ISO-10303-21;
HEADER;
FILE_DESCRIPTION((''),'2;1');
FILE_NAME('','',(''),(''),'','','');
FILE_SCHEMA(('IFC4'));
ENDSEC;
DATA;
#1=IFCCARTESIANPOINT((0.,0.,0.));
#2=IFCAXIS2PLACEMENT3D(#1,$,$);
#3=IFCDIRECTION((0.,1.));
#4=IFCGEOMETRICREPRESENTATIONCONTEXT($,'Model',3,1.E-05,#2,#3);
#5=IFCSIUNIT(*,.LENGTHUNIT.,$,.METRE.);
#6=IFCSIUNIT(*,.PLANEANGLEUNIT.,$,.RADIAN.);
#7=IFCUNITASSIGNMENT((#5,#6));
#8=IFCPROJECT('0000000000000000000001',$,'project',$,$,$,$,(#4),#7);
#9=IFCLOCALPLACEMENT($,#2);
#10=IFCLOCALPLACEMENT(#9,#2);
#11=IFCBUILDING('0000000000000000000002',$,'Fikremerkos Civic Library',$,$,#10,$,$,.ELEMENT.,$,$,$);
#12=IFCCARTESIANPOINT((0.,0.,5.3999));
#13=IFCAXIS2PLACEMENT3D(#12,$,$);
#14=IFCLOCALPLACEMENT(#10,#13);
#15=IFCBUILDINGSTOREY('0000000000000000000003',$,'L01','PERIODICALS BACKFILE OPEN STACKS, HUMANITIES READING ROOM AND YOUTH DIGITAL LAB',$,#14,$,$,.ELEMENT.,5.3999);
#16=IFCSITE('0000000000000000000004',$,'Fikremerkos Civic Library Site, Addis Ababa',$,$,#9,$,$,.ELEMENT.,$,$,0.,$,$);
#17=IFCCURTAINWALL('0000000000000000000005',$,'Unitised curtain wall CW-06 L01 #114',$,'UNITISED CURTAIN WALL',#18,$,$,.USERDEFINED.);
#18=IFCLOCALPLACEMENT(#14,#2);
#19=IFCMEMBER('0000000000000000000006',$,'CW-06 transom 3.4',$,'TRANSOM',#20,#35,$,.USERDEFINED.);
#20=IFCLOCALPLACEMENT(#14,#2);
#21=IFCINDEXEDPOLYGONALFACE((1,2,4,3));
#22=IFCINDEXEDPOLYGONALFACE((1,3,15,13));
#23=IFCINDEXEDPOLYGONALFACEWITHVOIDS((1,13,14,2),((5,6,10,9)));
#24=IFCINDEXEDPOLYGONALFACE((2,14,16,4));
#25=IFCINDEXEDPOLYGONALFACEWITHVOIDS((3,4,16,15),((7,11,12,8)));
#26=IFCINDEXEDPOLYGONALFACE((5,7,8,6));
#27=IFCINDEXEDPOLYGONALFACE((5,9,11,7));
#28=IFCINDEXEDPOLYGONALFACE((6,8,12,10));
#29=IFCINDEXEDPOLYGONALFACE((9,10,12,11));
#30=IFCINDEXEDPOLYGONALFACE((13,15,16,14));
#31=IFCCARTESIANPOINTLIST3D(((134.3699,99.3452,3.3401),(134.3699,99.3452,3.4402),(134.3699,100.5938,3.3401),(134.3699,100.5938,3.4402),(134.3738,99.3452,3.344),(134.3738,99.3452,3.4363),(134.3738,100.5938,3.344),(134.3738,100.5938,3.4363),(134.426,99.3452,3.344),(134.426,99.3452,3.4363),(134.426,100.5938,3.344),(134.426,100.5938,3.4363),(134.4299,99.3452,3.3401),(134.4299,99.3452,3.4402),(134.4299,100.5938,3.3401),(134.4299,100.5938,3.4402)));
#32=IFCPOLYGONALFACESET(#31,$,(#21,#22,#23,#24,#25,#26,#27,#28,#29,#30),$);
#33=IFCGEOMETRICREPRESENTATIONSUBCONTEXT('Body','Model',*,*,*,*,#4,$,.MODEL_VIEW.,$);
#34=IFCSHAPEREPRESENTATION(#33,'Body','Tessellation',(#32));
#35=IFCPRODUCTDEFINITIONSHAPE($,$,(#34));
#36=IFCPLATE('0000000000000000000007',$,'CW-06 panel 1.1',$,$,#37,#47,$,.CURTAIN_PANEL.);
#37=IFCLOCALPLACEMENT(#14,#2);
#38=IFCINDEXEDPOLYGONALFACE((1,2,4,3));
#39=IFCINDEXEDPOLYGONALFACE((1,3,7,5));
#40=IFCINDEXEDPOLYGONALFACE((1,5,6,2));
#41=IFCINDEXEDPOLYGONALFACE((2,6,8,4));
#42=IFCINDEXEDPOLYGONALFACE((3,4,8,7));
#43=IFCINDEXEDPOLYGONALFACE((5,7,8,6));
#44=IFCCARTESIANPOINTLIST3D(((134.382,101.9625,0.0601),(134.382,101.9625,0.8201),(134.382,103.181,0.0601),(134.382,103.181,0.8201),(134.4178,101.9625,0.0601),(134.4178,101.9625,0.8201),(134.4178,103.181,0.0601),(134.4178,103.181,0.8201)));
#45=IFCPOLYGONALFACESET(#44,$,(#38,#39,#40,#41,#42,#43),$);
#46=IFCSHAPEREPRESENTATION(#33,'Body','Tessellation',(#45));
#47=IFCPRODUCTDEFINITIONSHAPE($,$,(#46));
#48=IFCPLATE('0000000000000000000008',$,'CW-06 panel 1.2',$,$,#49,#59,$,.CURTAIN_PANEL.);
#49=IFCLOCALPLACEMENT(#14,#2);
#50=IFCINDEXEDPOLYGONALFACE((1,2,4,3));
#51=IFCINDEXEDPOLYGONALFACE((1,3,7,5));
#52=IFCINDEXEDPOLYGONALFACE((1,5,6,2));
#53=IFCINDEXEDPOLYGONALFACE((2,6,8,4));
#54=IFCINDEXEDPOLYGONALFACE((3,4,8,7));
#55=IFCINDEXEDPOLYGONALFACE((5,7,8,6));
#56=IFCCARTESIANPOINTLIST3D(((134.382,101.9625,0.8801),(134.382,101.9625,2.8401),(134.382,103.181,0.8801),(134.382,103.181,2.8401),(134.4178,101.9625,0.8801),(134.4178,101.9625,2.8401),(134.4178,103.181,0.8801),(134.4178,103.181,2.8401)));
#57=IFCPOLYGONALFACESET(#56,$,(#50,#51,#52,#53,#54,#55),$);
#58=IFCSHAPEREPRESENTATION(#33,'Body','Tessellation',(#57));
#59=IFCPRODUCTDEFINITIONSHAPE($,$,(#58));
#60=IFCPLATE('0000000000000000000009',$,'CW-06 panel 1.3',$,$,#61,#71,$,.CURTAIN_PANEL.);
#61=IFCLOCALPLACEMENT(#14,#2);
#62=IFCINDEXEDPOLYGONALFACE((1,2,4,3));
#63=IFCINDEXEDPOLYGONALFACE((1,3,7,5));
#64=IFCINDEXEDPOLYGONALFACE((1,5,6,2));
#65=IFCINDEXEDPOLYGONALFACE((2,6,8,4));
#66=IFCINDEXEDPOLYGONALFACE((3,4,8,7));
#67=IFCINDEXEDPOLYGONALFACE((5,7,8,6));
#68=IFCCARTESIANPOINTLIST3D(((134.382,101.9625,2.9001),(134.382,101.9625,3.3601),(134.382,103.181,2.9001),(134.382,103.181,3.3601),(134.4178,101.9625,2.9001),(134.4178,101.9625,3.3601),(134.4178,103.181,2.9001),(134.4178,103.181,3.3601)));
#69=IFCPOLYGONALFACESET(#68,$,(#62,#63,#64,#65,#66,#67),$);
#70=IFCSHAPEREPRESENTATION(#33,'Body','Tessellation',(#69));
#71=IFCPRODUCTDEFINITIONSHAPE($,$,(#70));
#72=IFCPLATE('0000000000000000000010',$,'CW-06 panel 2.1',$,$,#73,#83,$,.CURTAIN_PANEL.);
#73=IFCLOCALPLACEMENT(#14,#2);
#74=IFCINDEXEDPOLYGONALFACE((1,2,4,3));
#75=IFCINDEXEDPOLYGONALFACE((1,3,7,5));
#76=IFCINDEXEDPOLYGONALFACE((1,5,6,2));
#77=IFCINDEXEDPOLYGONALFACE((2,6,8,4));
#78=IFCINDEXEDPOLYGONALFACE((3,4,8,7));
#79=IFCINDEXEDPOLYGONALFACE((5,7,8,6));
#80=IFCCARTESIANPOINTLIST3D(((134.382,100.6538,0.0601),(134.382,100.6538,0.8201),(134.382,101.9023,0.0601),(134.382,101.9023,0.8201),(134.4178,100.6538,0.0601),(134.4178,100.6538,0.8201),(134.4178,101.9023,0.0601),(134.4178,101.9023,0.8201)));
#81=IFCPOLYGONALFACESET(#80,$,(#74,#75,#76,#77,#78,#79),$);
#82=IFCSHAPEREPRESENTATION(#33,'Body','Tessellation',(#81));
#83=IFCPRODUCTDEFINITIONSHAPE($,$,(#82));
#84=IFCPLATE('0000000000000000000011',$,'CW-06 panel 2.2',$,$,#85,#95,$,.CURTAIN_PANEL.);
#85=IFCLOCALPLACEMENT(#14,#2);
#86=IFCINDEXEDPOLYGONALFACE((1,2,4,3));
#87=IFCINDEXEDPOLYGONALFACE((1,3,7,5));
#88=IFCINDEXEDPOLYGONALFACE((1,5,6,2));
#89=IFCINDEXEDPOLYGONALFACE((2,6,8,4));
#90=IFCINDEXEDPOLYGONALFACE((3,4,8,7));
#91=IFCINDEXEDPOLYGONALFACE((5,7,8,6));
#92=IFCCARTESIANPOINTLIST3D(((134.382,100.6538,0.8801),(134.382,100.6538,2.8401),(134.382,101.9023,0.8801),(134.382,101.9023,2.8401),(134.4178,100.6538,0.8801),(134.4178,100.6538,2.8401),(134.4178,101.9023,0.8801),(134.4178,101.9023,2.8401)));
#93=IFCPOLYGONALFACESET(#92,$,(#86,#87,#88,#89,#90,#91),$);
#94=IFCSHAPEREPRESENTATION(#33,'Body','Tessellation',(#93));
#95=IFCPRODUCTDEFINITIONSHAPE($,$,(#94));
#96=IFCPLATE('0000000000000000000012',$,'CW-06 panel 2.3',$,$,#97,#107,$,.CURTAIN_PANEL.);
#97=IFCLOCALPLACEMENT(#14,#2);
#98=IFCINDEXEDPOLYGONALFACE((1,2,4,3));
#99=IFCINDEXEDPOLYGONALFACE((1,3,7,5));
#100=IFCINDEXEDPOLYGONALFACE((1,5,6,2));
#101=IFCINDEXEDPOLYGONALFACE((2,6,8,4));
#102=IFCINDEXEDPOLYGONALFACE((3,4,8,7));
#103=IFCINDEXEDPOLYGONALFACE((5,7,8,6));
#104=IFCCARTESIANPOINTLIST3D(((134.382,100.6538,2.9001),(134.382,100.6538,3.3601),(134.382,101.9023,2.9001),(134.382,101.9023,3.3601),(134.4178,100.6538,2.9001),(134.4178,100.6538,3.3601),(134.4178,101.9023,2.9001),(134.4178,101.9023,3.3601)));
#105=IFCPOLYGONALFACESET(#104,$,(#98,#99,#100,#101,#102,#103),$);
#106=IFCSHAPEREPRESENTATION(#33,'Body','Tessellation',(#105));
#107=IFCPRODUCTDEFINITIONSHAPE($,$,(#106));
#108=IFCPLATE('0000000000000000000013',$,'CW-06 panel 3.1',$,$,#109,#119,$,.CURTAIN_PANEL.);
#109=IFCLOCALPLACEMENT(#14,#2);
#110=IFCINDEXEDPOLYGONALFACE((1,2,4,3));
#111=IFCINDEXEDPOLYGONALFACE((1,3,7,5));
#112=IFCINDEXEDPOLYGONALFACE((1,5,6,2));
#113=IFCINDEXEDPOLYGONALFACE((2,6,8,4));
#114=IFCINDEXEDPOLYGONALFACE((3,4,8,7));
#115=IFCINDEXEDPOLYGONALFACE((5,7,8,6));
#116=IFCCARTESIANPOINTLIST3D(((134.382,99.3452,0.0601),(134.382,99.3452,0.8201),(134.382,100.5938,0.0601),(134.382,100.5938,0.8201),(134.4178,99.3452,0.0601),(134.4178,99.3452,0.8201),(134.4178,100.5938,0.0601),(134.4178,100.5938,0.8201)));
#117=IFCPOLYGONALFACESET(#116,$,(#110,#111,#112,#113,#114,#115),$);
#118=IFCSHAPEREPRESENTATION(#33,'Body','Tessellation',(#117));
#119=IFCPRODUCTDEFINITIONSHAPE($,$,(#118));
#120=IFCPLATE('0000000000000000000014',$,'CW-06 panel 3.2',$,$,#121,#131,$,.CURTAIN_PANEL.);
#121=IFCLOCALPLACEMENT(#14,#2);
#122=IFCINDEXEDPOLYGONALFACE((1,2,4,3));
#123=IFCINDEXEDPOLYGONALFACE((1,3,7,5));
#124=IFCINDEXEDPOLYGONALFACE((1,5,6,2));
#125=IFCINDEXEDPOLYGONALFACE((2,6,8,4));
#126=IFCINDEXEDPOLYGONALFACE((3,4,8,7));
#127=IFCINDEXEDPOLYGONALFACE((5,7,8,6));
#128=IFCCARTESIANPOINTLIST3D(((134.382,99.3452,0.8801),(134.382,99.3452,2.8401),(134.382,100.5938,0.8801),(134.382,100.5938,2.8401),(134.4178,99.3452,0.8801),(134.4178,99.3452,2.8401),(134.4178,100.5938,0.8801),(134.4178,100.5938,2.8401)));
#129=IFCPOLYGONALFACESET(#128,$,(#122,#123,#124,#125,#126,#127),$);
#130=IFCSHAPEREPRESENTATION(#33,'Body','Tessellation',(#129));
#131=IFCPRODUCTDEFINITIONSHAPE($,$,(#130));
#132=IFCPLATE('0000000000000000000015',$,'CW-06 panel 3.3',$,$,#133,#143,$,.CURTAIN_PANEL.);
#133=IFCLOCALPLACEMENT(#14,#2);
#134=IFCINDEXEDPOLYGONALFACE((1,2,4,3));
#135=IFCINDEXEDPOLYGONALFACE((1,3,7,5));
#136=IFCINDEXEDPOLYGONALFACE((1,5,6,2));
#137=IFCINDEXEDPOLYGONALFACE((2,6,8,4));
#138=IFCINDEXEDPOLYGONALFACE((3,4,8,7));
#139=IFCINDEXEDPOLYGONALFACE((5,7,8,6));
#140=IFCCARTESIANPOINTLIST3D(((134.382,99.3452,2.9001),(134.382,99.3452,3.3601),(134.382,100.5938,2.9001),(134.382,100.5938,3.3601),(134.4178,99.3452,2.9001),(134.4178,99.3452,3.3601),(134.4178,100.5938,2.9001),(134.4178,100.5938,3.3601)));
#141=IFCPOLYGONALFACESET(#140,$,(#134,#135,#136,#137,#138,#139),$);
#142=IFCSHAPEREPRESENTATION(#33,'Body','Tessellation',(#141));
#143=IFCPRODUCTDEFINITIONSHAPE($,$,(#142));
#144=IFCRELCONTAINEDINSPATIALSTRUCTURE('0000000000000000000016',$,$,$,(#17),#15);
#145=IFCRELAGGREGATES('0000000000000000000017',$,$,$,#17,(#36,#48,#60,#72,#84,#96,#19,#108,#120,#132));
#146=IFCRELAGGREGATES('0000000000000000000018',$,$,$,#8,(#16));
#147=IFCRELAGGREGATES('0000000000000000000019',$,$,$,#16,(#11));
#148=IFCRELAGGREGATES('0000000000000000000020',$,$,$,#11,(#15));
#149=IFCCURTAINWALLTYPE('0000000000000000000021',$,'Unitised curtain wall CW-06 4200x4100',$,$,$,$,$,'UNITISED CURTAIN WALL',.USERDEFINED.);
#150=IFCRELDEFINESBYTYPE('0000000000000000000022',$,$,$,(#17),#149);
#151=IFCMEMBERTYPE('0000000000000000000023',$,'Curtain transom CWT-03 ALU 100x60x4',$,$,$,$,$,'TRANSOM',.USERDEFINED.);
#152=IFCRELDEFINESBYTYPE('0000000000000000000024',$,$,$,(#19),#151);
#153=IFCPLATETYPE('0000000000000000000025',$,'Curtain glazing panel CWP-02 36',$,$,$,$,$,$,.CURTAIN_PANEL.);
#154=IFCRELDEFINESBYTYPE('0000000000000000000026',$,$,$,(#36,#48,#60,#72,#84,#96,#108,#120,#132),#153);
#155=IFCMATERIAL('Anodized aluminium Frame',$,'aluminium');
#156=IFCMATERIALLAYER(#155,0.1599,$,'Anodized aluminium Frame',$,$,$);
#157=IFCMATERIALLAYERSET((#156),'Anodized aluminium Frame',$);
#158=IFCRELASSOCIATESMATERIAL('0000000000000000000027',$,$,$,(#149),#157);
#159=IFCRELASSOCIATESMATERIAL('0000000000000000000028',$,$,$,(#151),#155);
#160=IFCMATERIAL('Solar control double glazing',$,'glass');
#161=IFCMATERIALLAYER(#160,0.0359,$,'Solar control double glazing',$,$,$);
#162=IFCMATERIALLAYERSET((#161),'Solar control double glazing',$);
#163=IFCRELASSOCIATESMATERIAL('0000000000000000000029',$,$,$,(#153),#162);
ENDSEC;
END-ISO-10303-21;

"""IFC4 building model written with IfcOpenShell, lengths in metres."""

from ifc_helpers import new_model, si_unit, direction, frame, origin, origin_2d, place, context, subcontext, project, spatial, rectangle, hollow_rectangle, extrude, material, layer, layer_set, material_profile, profile_set, type_object, element, aggregate, save


model = new_model("IFC4")

# Units and contexts
model_context = context("Model", 3, precision=1e-05, world=origin(), true_north=direction((0.0, 1.0)))
body_context = subcontext(model_context, "Body", "Model", "MODEL_VIEW")
ifc_project = project(units=[si_unit("LENGTHUNIT", "METRE"), si_unit("PLANEANGLEUNIT", "RADIAN")], contexts=[model_context])

# Site, building, storey
site_placement = place(None, origin())
site = spatial("IfcSite", under=ifc_project, at=site_placement, Name="Fikremerkos Civic Library Site, Addis Ababa", CompositionType="ELEMENT", RefElevation=0.0)
building_placement = place(site_placement, origin())
building = spatial("IfcBuilding", under=site, at=building_placement, Name="Fikremerkos Civic Library", CompositionType="ELEMENT")
storey_placement = place(building_placement, frame((0.0, 0.0, 5.3999)))
storey = spatial("IfcBuildingStorey", under=building, at=storey_placement, Name="L01", Description="PERIODICALS BACKFILE OPEN STACKS, HUMANITIES READING ROOM AND YOUTH DIGITAL LAB", CompositionType="ELEMENT", Elevation=5.3999)

# Curtain wall, member, plates
ifc_material_1 = material(Name="Anodized aluminium Frame", Category="aluminium")
ifc_layer_1 = layer(ifc_material_1, 0.1599, Name="Anodized aluminium Frame")
ifc_layer_set_1 = layer_set([ifc_layer_1], Name="Anodized aluminium Frame")
curtain_wall_type = type_object("IfcCurtainWallType", Name="Unitised curtain wall CW-06 4200x4100", ElementType="UNITISED CURTAIN WALL", PredefinedType="USERDEFINED", material=ifc_layer_set_1)
curtain_wall_placement = place(storey_placement, origin())
curtain_wall = element("IfcCurtainWall", 1, at=curtain_wall_placement, inside=storey, type_object=curtain_wall_type, Name="Unitised curtain wall CW-06 L01 #114", ObjectType="UNITISED CURTAIN WALL", PredefinedType="USERDEFINED")
ifc_material_profile_1 = material_profile(ifc_material_1, hollow_rectangle(XDim=0.0601, YDim=0.1001, WallThickness=0.0039, at=origin_2d()), Name="ALU 100x60x4")
ifc_profile_set_1 = profile_set([ifc_material_profile_1], Name="Anodized aluminium Frame")
member_type_1 = type_object("IfcMemberType", Name="Curtain transom CWT-03 ALU 100x60x4", ElementType="TRANSOM", PredefinedType="USERDEFINED", material=ifc_profile_set_1)
member_1_placement = place(storey_placement, frame((134.3999, 100.5938, 3.3901), z_axis=(0.0, -1.0, 0.0), x_axis=(1.0, 0.0, 0.0)))
member_1 = element("IfcMember", 2, at=member_1_placement, type_object=member_type_1, Name="CW-06 transom 3.4", ObjectType="TRANSOM", PredefinedType="USERDEFINED", context=body_context, shape_type="SweptSolid", body=[
    extrude(hollow_rectangle(XDim=0.0601, YDim=0.1001, WallThickness=0.0039, at=origin_2d()), origin(), (0.0, 0.0, 1.0), 1.2485),
])
ifc_material_2 = material(Name="Solar control double glazing", Category="glass")
ifc_layer_2 = layer(ifc_material_2, 0.0359, Name="Solar control double glazing")
ifc_layer_set_2 = layer_set([ifc_layer_2], Name="Solar control double glazing")
plate_type = type_object("IfcPlateType", Name="Curtain glazing panel CWP-02 36", PredefinedType="CURTAIN_PANEL", material=ifc_layer_set_2)
plate_1_placement = place(storey_placement, frame((134.3999, 102.5718, 0.0601), z_axis=(0.0, 0.0, 1.0), x_axis=(0.0, -1.0, 0.0)))
plate_1 = element("IfcPlate", 3, at=plate_1_placement, type_object=plate_type, Name="CW-06 panel 1.1", PredefinedType="CURTAIN_PANEL", context=body_context, shape_type="SweptSolid", body=[
    extrude(rectangle(XDim=1.2185, YDim=0.0359, at=origin_2d()), origin(), (0.0, 0.0, 1.0), 0.76),
])
plate_2_placement = place(storey_placement, frame((134.3999, 102.5718, 0.8801), z_axis=(0.0, 0.0, 1.0), x_axis=(0.0, -1.0, 0.0)))
plate_2 = element("IfcPlate", 4, at=plate_2_placement, type_object=plate_type, Name="CW-06 panel 1.2", PredefinedType="CURTAIN_PANEL", context=body_context, shape_type="SweptSolid", body=[
    extrude(rectangle(XDim=1.2185, YDim=0.0359, at=origin_2d()), origin(), (0.0, 0.0, 1.0), 1.96),
])
plate_3_placement = place(storey_placement, frame((134.3999, 102.5718, 2.9001), z_axis=(0.0, 0.0, 1.0), x_axis=(0.0, -1.0, 0.0)))
plate_3 = element("IfcPlate", 5, at=plate_3_placement, type_object=plate_type, Name="CW-06 panel 1.3", PredefinedType="CURTAIN_PANEL", context=body_context, shape_type="SweptSolid", body=[
    extrude(rectangle(XDim=1.2185, YDim=0.0359, at=origin_2d()), origin(), (0.0, 0.0, 1.0), 0.46),
])
plate_4_placement = place(storey_placement, frame((134.3999, 101.2781, 0.0601), z_axis=(0.0, 0.0, 1.0), x_axis=(0.0, -1.0, 0.0)))
plate_4 = element("IfcPlate", 6, at=plate_4_placement, type_object=plate_type, Name="CW-06 panel 2.1", PredefinedType="CURTAIN_PANEL", context=body_context, shape_type="SweptSolid", body=[
    extrude(rectangle(XDim=1.2485, YDim=0.0359, at=origin_2d()), origin(), (0.0, 0.0, 1.0), 0.76),
])
plate_5_placement = place(storey_placement, frame((134.3999, 101.2781, 0.8801), z_axis=(0.0, 0.0, 1.0), x_axis=(0.0, -1.0, 0.0)))
plate_5 = element("IfcPlate", 7, at=plate_5_placement, type_object=plate_type, Name="CW-06 panel 2.2", PredefinedType="CURTAIN_PANEL", context=body_context, shape_type="SweptSolid", body=[
    extrude(rectangle(XDim=1.2485, YDim=0.0359, at=origin_2d()), origin(), (0.0, 0.0, 1.0), 1.96),
])
plate_6_placement = place(storey_placement, frame((134.3999, 101.2781, 2.9001), z_axis=(0.0, 0.0, 1.0), x_axis=(0.0, -1.0, 0.0)))
plate_6 = element("IfcPlate", 8, at=plate_6_placement, type_object=plate_type, Name="CW-06 panel 2.3", PredefinedType="CURTAIN_PANEL", context=body_context, shape_type="SweptSolid", body=[
    extrude(rectangle(XDim=1.2485, YDim=0.0359, at=origin_2d()), origin(), (0.0, 0.0, 1.0), 0.46),
])
plate_7_placement = place(storey_placement, frame((134.3999, 99.9695, 0.0601), z_axis=(0.0, 0.0, 1.0), x_axis=(0.0, -1.0, 0.0)))
plate_7 = element("IfcPlate", 9, at=plate_7_placement, type_object=plate_type, Name="CW-06 panel 3.1", PredefinedType="CURTAIN_PANEL", context=body_context, shape_type="SweptSolid", body=[
    extrude(rectangle(XDim=1.2485, YDim=0.0359, at=origin_2d()), origin(), (0.0, 0.0, 1.0), 0.76),
])
plate_8_placement = place(storey_placement, frame((134.3999, 99.9695, 0.8801), z_axis=(0.0, 0.0, 1.0), x_axis=(0.0, -1.0, 0.0)))
plate_8 = element("IfcPlate", 10, at=plate_8_placement, type_object=plate_type, Name="CW-06 panel 3.2", PredefinedType="CURTAIN_PANEL", context=body_context, shape_type="SweptSolid", body=[
    extrude(rectangle(XDim=1.2485, YDim=0.0359, at=origin_2d()), origin(), (0.0, 0.0, 1.0), 1.96),
])
plate_9_placement = place(storey_placement, frame((134.3999, 99.9695, 2.9001), z_axis=(0.0, 0.0, 1.0), x_axis=(0.0, -1.0, 0.0)))
plate_9 = element("IfcPlate", 11, at=plate_9_placement, type_object=plate_type, Name="CW-06 panel 3.3", PredefinedType="CURTAIN_PANEL", context=body_context, shape_type="SweptSolid", body=[
    extrude(rectangle(XDim=1.2485, YDim=0.0359, at=origin_2d()), origin(), (0.0, 0.0, 1.0), 0.46),
])
aggregate(curtain_wall, [plate_1, plate_2, plate_3, plate_4, plate_5, plate_6, member_1, plate_7, plate_8, plate_9])

save(model, "model.ifc")
